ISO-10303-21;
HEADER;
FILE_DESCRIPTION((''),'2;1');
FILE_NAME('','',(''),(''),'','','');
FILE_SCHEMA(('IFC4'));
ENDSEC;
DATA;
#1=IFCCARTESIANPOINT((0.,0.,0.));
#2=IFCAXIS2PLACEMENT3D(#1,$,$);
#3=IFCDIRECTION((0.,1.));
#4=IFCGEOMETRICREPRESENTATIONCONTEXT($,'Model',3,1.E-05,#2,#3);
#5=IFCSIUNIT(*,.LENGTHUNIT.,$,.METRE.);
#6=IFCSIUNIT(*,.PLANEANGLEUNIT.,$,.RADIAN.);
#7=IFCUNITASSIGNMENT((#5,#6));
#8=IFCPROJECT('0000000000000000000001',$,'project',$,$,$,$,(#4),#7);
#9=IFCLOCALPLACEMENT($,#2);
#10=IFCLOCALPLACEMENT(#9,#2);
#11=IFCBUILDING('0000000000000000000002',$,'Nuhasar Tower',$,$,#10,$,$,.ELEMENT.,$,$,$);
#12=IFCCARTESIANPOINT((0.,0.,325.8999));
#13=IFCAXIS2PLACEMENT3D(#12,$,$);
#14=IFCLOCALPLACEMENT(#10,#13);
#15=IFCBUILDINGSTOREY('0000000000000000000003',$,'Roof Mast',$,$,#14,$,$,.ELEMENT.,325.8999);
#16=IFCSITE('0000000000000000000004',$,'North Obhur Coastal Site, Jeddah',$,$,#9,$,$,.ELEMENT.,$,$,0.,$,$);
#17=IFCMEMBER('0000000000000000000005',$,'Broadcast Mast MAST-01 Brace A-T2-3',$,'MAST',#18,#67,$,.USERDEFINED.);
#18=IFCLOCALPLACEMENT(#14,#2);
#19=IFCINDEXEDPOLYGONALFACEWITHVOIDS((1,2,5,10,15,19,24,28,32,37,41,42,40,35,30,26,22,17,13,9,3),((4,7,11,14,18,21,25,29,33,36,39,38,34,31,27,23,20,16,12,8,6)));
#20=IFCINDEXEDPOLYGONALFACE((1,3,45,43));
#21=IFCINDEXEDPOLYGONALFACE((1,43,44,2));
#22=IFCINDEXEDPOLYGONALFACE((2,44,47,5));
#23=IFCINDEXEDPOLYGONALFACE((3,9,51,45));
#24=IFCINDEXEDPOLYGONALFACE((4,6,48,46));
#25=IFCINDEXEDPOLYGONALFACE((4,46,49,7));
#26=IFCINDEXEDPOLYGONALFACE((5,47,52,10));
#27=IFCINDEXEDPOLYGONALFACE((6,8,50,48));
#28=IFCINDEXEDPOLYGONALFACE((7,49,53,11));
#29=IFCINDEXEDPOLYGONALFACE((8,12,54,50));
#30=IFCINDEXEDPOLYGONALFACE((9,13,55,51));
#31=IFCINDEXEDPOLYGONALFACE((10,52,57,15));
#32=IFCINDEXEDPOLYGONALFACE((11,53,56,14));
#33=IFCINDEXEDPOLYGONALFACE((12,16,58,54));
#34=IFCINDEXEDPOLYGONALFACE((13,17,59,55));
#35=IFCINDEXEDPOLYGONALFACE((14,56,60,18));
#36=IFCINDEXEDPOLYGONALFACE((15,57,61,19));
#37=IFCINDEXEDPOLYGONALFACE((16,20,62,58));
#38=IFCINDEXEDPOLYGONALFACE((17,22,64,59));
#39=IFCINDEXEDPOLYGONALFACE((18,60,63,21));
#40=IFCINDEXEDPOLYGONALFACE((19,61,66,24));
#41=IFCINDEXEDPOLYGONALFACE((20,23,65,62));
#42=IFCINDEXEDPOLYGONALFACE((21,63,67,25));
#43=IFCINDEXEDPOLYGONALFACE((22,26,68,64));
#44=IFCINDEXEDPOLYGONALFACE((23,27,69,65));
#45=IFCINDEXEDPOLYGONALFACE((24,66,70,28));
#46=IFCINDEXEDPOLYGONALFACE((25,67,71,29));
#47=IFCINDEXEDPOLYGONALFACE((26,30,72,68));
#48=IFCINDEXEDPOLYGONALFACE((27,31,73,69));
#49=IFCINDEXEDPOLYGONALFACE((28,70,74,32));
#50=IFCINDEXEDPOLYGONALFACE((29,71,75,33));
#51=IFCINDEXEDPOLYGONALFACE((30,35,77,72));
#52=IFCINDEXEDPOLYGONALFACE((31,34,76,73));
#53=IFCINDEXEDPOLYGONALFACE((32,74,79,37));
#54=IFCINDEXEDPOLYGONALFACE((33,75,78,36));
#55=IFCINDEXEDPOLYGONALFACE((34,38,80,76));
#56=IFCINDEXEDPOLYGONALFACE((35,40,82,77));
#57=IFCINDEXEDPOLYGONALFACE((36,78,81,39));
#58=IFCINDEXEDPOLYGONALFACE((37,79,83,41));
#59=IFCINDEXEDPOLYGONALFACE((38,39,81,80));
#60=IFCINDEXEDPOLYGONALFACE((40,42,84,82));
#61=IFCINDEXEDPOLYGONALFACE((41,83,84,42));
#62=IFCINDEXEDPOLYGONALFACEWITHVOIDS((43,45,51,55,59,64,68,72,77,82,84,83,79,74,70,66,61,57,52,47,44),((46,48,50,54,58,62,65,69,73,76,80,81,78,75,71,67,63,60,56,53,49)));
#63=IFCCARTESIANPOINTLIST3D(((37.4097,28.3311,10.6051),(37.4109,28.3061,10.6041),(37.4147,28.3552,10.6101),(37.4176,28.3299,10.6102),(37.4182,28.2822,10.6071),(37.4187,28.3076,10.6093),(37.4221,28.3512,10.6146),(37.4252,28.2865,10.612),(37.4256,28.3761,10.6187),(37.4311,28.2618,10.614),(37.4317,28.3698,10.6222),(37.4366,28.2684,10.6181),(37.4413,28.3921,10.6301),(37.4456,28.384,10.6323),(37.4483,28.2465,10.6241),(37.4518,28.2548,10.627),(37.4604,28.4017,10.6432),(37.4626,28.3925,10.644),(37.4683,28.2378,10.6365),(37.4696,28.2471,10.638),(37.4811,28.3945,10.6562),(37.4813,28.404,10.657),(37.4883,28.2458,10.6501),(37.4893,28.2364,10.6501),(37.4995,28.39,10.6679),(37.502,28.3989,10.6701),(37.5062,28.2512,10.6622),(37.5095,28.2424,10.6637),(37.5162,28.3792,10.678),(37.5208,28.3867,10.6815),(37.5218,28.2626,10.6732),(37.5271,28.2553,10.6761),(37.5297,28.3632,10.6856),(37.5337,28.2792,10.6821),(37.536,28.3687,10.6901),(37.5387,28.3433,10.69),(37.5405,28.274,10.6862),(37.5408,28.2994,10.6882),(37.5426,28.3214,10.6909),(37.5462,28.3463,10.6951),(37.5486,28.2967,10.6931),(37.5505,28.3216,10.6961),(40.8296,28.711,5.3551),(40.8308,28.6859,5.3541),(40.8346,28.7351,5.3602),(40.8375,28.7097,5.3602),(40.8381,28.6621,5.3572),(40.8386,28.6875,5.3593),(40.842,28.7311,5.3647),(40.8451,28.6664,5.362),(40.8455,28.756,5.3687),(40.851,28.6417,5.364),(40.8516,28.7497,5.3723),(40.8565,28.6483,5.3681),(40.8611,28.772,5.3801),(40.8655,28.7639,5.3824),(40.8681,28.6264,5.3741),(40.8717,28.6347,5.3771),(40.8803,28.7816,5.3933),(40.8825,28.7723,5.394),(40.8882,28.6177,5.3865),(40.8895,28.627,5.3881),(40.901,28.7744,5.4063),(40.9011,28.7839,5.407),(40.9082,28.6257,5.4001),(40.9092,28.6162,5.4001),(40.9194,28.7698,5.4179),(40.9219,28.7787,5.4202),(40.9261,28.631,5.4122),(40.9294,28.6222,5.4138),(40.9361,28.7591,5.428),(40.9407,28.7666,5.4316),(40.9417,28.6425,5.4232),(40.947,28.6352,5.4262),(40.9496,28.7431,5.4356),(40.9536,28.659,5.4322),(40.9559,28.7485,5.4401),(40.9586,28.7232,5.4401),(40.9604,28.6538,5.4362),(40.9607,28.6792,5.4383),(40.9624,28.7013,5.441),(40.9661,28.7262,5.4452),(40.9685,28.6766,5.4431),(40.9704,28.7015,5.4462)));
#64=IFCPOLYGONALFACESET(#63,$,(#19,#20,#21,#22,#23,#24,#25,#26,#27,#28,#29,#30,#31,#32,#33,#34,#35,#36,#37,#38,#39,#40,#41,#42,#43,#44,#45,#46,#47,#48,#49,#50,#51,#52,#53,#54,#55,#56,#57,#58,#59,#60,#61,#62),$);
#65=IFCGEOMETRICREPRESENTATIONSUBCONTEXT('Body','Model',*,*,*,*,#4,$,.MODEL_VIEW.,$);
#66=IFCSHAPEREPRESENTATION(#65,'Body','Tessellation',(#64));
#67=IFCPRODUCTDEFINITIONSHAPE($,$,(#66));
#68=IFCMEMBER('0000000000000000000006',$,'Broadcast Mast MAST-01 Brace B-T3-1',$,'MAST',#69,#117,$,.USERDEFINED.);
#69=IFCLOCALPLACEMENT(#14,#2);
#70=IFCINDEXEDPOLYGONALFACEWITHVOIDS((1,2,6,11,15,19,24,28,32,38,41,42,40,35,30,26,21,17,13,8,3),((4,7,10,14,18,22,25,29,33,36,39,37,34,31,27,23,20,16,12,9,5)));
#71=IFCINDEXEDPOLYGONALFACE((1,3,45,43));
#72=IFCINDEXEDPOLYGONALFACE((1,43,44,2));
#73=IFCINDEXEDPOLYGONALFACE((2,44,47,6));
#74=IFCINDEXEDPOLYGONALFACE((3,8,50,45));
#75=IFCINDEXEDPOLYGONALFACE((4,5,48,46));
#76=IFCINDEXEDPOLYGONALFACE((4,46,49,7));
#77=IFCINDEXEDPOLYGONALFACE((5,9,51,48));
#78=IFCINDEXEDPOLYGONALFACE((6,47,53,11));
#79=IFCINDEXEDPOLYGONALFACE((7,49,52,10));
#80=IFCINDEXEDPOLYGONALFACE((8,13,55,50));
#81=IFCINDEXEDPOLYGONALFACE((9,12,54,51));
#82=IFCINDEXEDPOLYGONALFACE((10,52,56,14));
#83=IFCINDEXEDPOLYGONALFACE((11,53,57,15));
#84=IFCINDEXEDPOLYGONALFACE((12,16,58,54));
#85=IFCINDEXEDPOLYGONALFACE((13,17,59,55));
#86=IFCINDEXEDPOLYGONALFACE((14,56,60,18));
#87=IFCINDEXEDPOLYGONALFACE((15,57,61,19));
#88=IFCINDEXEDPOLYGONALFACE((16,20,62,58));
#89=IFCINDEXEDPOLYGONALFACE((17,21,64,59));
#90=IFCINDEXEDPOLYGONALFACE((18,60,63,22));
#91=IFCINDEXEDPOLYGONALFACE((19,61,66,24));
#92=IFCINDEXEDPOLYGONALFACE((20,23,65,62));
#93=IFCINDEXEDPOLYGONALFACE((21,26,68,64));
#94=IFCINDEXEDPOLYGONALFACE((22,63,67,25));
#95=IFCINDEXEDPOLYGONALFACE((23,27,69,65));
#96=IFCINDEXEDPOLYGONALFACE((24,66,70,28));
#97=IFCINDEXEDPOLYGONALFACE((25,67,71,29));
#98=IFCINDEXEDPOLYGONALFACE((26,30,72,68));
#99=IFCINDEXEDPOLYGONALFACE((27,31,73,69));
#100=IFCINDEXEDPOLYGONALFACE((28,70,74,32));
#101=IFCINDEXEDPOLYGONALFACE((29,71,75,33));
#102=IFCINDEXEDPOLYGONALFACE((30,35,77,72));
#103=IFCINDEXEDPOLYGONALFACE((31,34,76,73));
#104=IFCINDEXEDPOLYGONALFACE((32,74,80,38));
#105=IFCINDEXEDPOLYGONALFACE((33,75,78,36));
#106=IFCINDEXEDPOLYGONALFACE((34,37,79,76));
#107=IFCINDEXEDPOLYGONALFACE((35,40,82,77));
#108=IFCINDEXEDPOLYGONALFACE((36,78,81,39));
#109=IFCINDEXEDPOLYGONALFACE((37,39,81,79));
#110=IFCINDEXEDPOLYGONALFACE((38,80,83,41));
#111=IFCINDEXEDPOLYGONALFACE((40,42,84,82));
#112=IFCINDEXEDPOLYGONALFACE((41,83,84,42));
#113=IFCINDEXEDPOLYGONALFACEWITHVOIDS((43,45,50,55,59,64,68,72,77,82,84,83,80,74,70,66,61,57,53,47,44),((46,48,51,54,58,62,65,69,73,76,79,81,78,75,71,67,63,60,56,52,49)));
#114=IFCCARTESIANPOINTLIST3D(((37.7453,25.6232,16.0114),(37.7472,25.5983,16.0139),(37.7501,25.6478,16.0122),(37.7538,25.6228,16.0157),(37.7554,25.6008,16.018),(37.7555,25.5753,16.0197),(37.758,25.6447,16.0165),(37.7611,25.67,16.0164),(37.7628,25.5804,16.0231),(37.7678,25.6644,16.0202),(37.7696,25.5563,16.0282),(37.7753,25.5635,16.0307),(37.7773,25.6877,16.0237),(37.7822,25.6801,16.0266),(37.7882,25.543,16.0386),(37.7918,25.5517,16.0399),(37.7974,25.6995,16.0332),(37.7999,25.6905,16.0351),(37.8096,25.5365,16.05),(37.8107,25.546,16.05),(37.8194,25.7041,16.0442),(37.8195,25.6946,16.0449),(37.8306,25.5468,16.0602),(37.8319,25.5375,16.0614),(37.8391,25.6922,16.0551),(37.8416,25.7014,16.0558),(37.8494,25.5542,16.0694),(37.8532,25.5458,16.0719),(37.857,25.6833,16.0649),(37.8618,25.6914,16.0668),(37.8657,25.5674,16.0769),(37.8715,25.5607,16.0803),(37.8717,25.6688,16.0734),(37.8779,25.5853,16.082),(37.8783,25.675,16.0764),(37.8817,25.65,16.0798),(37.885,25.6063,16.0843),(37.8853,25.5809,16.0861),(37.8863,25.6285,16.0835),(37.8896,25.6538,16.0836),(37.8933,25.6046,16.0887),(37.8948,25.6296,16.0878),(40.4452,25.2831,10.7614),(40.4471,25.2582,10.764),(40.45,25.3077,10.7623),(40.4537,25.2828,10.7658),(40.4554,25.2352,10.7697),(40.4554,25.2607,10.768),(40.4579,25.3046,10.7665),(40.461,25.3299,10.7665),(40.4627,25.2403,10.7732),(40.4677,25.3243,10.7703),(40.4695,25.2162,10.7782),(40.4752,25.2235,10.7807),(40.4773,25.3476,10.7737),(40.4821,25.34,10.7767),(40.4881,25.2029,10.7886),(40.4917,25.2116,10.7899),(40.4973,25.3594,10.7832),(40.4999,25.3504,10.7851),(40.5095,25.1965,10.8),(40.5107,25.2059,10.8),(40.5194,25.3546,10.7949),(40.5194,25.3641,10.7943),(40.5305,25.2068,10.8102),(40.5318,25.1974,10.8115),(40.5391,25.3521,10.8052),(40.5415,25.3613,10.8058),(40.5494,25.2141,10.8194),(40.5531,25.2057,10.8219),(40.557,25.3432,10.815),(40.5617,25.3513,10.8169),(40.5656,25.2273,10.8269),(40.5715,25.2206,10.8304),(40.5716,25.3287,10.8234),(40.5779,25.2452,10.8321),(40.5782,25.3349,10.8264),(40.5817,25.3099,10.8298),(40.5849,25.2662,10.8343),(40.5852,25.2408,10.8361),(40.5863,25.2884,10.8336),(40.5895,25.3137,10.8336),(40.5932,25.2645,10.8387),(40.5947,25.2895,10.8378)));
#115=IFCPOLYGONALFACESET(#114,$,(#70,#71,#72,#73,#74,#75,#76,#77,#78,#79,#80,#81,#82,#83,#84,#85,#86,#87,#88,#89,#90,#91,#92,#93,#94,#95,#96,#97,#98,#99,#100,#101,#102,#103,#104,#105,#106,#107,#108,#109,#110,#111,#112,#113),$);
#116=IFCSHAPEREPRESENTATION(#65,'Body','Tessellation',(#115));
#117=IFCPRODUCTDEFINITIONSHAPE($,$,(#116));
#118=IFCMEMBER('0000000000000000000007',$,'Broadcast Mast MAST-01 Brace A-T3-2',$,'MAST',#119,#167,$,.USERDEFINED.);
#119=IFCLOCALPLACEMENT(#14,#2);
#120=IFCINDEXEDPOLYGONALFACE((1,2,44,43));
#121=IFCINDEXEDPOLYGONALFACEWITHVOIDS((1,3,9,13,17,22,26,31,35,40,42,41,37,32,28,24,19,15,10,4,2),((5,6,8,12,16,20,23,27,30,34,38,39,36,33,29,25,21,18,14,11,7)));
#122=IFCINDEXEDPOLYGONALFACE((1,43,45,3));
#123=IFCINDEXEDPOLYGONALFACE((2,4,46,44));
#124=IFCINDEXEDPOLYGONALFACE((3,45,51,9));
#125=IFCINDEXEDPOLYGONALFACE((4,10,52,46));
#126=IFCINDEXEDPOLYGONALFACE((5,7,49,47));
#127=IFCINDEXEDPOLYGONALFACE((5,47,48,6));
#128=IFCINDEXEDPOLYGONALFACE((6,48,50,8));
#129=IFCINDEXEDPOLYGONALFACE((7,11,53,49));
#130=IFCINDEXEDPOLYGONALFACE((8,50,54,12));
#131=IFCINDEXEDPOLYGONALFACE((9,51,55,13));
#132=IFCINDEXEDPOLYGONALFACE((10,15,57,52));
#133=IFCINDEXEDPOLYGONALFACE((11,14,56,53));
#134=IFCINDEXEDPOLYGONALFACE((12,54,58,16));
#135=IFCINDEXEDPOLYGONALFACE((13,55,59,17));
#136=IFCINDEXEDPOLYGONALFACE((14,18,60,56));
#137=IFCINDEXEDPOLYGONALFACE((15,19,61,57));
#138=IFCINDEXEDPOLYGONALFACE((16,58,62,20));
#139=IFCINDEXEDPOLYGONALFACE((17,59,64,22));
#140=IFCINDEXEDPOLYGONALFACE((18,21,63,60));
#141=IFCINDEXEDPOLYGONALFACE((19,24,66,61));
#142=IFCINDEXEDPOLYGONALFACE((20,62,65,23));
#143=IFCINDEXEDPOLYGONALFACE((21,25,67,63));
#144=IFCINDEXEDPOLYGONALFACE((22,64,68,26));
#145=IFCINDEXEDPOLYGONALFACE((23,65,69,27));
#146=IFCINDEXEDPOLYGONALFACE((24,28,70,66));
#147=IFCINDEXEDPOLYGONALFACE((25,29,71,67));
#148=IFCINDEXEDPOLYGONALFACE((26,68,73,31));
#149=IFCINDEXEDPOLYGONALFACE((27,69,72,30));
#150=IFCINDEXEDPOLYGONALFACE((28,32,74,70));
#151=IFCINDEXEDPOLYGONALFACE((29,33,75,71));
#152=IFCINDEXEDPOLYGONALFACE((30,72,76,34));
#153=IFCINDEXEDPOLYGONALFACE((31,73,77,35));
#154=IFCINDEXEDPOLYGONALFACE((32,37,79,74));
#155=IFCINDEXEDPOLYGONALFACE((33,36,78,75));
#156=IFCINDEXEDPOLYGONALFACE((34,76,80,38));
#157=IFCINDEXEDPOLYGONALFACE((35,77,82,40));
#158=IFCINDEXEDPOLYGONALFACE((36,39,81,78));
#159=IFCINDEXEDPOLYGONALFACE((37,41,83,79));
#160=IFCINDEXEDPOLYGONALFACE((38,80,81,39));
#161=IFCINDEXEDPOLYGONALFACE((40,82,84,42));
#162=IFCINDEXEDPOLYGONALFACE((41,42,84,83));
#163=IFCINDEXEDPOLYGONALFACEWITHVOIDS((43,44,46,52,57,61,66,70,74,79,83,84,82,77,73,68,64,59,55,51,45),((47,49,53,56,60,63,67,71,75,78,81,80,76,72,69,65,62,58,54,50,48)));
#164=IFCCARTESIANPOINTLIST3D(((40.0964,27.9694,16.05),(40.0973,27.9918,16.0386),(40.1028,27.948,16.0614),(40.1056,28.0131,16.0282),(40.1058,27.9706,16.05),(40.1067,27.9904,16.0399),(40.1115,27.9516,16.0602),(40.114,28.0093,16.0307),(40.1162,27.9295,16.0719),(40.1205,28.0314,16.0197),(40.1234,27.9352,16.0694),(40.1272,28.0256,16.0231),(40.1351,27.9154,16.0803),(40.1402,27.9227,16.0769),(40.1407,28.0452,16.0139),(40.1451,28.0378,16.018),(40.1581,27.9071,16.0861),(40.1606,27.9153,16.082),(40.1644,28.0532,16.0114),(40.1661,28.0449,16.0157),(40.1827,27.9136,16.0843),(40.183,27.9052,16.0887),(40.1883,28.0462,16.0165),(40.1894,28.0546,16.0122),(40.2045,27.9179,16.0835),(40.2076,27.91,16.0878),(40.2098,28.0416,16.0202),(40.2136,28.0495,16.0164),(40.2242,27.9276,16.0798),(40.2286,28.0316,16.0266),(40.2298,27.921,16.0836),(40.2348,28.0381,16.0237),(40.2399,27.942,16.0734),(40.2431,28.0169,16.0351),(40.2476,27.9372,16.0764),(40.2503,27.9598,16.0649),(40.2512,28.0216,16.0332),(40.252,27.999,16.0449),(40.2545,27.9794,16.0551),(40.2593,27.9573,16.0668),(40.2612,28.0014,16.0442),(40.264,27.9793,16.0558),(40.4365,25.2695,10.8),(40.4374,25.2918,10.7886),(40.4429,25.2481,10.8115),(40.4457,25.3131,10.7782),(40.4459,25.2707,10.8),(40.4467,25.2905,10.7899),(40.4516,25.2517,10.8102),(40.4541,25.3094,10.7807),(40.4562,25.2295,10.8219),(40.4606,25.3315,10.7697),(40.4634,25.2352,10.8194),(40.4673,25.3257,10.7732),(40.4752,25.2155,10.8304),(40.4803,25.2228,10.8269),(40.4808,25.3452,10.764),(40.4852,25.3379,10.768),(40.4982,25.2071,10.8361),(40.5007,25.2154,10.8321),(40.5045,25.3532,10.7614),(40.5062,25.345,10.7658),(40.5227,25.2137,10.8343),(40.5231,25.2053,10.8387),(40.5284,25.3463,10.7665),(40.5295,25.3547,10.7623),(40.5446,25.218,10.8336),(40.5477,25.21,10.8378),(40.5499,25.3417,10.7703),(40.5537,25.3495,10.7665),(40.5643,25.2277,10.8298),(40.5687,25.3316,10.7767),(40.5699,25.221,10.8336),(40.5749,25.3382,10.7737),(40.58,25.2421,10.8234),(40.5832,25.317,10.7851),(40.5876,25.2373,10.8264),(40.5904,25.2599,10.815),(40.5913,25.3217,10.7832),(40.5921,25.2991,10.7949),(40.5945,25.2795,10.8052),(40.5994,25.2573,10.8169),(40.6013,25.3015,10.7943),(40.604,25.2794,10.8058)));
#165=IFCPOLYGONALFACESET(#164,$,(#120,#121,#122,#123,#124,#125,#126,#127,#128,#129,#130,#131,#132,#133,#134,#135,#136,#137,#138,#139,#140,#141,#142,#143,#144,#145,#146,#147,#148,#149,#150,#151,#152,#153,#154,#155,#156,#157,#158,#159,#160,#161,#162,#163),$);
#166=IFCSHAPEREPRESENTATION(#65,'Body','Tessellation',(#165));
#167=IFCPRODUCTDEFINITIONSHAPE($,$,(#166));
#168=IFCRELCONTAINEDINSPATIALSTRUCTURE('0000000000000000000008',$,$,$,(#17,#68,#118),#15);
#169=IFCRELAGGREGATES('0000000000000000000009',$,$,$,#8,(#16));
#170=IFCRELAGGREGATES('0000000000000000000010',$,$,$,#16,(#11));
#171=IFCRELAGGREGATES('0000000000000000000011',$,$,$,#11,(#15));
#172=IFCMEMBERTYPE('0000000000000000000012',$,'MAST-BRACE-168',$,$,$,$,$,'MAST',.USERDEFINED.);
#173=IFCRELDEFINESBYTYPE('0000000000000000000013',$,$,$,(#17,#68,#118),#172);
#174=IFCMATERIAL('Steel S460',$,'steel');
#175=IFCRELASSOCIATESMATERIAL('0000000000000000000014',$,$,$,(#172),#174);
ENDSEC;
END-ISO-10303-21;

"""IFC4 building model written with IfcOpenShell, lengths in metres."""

from ifc_helpers import new_model, si_unit, direction, frame, origin, origin_2d, place, context, subcontext, project, spatial, hollow_circle, extrude, material, material_profile, profile_set, type_object, element, save


model = new_model("IFC4")

# Units and contexts
model_context = context("Model", 3, precision=1e-05, world=origin(), true_north=direction((0.0, 1.0)))
body_context = subcontext(model_context, "Body", "Model", "MODEL_VIEW")
ifc_project = project(units=[si_unit("LENGTHUNIT", "METRE"), si_unit("PLANEANGLEUNIT", "RADIAN")], contexts=[model_context])

# Site, building, storey
site_placement = place(None, origin())
site = spatial("IfcSite", under=ifc_project, at=site_placement, Name="North Obhur Coastal Site, Jeddah", CompositionType="ELEMENT", RefElevation=0.0)
building_placement = place(site_placement, origin())
building = spatial("IfcBuilding", under=site, at=building_placement, Name="Nuhasar Tower", CompositionType="ELEMENT")
storey_placement = place(building_placement, frame((0.0, 0.0, 325.8999)))
storey = spatial("IfcBuildingStorey", under=building, at=storey_placement, Name="Roof Mast", CompositionType="ELEMENT", Elevation=325.8999)

# Shared definitions
ifc_material = material(Name="Steel S460", Category="steel")

# Members
ifc_material_profile_1 = material_profile(ifc_material, hollow_circle(Radius=0.0842, WallThickness=0.0095, at=origin_2d()), Name="HSS168.3X9.5")
ifc_profile_set_1 = profile_set([ifc_material_profile_1], Name="Steel S460")
member_type = type_object("IfcMemberType", Name="MAST-BRACE-168", ElementType="MAST", PredefinedType="USERDEFINED", material=ifc_profile_set_1)
for number, where, z_axis, x_axis, name in (
    (1, (40.8999, 28.7, 5.4001), (-0.54482, -0.060518, 0.836366), (0.1104, -0.993887, 0.0), "Broadcast Mast MAST-01 Brace A-T2-3"),
):
    element("IfcMember", number, at=place(storey_placement, frame(where, z_axis=z_axis, x_axis=x_axis)), inside=storey, type_object=member_type, Name=name, ObjectType="MAST", PredefinedType="USERDEFINED", context=body_context, shape_type="SweptSolid", body=[
        extrude(hollow_circle(Radius=0.0842, WallThickness=0.0095, at=origin_2d()), origin(), (0.0, 0.0, 1.0), 6.2771),
    ])
for number, where, z_axis, x_axis, name in (
    (2, (40.52, 25.28, 10.8), (-0.456584, 0.057512, 0.887819), (-0.124973, -0.99216, 0.0), "Broadcast Mast MAST-01 Brace B-T3-1"),
    (3, (40.52, 25.28, 10.8), (-0.057512, 0.456584, 0.887819), (-0.99216, -0.124973, 0.0), "Broadcast Mast MAST-01 Brace A-T3-2"),
):
    element("IfcMember", number, at=place(storey_placement, frame(where, z_axis=z_axis, x_axis=x_axis)), inside=storey, type_object=member_type, Name=name, ObjectType="MAST", PredefinedType="USERDEFINED", context=body_context, shape_type="SweptSolid", body=[
        extrude(hollow_circle(Radius=0.0842, WallThickness=0.0095, at=origin_2d()), origin(), (0.0, 0.0, 1.0), 5.9133),
    ])

save(model, "model.ifc")
